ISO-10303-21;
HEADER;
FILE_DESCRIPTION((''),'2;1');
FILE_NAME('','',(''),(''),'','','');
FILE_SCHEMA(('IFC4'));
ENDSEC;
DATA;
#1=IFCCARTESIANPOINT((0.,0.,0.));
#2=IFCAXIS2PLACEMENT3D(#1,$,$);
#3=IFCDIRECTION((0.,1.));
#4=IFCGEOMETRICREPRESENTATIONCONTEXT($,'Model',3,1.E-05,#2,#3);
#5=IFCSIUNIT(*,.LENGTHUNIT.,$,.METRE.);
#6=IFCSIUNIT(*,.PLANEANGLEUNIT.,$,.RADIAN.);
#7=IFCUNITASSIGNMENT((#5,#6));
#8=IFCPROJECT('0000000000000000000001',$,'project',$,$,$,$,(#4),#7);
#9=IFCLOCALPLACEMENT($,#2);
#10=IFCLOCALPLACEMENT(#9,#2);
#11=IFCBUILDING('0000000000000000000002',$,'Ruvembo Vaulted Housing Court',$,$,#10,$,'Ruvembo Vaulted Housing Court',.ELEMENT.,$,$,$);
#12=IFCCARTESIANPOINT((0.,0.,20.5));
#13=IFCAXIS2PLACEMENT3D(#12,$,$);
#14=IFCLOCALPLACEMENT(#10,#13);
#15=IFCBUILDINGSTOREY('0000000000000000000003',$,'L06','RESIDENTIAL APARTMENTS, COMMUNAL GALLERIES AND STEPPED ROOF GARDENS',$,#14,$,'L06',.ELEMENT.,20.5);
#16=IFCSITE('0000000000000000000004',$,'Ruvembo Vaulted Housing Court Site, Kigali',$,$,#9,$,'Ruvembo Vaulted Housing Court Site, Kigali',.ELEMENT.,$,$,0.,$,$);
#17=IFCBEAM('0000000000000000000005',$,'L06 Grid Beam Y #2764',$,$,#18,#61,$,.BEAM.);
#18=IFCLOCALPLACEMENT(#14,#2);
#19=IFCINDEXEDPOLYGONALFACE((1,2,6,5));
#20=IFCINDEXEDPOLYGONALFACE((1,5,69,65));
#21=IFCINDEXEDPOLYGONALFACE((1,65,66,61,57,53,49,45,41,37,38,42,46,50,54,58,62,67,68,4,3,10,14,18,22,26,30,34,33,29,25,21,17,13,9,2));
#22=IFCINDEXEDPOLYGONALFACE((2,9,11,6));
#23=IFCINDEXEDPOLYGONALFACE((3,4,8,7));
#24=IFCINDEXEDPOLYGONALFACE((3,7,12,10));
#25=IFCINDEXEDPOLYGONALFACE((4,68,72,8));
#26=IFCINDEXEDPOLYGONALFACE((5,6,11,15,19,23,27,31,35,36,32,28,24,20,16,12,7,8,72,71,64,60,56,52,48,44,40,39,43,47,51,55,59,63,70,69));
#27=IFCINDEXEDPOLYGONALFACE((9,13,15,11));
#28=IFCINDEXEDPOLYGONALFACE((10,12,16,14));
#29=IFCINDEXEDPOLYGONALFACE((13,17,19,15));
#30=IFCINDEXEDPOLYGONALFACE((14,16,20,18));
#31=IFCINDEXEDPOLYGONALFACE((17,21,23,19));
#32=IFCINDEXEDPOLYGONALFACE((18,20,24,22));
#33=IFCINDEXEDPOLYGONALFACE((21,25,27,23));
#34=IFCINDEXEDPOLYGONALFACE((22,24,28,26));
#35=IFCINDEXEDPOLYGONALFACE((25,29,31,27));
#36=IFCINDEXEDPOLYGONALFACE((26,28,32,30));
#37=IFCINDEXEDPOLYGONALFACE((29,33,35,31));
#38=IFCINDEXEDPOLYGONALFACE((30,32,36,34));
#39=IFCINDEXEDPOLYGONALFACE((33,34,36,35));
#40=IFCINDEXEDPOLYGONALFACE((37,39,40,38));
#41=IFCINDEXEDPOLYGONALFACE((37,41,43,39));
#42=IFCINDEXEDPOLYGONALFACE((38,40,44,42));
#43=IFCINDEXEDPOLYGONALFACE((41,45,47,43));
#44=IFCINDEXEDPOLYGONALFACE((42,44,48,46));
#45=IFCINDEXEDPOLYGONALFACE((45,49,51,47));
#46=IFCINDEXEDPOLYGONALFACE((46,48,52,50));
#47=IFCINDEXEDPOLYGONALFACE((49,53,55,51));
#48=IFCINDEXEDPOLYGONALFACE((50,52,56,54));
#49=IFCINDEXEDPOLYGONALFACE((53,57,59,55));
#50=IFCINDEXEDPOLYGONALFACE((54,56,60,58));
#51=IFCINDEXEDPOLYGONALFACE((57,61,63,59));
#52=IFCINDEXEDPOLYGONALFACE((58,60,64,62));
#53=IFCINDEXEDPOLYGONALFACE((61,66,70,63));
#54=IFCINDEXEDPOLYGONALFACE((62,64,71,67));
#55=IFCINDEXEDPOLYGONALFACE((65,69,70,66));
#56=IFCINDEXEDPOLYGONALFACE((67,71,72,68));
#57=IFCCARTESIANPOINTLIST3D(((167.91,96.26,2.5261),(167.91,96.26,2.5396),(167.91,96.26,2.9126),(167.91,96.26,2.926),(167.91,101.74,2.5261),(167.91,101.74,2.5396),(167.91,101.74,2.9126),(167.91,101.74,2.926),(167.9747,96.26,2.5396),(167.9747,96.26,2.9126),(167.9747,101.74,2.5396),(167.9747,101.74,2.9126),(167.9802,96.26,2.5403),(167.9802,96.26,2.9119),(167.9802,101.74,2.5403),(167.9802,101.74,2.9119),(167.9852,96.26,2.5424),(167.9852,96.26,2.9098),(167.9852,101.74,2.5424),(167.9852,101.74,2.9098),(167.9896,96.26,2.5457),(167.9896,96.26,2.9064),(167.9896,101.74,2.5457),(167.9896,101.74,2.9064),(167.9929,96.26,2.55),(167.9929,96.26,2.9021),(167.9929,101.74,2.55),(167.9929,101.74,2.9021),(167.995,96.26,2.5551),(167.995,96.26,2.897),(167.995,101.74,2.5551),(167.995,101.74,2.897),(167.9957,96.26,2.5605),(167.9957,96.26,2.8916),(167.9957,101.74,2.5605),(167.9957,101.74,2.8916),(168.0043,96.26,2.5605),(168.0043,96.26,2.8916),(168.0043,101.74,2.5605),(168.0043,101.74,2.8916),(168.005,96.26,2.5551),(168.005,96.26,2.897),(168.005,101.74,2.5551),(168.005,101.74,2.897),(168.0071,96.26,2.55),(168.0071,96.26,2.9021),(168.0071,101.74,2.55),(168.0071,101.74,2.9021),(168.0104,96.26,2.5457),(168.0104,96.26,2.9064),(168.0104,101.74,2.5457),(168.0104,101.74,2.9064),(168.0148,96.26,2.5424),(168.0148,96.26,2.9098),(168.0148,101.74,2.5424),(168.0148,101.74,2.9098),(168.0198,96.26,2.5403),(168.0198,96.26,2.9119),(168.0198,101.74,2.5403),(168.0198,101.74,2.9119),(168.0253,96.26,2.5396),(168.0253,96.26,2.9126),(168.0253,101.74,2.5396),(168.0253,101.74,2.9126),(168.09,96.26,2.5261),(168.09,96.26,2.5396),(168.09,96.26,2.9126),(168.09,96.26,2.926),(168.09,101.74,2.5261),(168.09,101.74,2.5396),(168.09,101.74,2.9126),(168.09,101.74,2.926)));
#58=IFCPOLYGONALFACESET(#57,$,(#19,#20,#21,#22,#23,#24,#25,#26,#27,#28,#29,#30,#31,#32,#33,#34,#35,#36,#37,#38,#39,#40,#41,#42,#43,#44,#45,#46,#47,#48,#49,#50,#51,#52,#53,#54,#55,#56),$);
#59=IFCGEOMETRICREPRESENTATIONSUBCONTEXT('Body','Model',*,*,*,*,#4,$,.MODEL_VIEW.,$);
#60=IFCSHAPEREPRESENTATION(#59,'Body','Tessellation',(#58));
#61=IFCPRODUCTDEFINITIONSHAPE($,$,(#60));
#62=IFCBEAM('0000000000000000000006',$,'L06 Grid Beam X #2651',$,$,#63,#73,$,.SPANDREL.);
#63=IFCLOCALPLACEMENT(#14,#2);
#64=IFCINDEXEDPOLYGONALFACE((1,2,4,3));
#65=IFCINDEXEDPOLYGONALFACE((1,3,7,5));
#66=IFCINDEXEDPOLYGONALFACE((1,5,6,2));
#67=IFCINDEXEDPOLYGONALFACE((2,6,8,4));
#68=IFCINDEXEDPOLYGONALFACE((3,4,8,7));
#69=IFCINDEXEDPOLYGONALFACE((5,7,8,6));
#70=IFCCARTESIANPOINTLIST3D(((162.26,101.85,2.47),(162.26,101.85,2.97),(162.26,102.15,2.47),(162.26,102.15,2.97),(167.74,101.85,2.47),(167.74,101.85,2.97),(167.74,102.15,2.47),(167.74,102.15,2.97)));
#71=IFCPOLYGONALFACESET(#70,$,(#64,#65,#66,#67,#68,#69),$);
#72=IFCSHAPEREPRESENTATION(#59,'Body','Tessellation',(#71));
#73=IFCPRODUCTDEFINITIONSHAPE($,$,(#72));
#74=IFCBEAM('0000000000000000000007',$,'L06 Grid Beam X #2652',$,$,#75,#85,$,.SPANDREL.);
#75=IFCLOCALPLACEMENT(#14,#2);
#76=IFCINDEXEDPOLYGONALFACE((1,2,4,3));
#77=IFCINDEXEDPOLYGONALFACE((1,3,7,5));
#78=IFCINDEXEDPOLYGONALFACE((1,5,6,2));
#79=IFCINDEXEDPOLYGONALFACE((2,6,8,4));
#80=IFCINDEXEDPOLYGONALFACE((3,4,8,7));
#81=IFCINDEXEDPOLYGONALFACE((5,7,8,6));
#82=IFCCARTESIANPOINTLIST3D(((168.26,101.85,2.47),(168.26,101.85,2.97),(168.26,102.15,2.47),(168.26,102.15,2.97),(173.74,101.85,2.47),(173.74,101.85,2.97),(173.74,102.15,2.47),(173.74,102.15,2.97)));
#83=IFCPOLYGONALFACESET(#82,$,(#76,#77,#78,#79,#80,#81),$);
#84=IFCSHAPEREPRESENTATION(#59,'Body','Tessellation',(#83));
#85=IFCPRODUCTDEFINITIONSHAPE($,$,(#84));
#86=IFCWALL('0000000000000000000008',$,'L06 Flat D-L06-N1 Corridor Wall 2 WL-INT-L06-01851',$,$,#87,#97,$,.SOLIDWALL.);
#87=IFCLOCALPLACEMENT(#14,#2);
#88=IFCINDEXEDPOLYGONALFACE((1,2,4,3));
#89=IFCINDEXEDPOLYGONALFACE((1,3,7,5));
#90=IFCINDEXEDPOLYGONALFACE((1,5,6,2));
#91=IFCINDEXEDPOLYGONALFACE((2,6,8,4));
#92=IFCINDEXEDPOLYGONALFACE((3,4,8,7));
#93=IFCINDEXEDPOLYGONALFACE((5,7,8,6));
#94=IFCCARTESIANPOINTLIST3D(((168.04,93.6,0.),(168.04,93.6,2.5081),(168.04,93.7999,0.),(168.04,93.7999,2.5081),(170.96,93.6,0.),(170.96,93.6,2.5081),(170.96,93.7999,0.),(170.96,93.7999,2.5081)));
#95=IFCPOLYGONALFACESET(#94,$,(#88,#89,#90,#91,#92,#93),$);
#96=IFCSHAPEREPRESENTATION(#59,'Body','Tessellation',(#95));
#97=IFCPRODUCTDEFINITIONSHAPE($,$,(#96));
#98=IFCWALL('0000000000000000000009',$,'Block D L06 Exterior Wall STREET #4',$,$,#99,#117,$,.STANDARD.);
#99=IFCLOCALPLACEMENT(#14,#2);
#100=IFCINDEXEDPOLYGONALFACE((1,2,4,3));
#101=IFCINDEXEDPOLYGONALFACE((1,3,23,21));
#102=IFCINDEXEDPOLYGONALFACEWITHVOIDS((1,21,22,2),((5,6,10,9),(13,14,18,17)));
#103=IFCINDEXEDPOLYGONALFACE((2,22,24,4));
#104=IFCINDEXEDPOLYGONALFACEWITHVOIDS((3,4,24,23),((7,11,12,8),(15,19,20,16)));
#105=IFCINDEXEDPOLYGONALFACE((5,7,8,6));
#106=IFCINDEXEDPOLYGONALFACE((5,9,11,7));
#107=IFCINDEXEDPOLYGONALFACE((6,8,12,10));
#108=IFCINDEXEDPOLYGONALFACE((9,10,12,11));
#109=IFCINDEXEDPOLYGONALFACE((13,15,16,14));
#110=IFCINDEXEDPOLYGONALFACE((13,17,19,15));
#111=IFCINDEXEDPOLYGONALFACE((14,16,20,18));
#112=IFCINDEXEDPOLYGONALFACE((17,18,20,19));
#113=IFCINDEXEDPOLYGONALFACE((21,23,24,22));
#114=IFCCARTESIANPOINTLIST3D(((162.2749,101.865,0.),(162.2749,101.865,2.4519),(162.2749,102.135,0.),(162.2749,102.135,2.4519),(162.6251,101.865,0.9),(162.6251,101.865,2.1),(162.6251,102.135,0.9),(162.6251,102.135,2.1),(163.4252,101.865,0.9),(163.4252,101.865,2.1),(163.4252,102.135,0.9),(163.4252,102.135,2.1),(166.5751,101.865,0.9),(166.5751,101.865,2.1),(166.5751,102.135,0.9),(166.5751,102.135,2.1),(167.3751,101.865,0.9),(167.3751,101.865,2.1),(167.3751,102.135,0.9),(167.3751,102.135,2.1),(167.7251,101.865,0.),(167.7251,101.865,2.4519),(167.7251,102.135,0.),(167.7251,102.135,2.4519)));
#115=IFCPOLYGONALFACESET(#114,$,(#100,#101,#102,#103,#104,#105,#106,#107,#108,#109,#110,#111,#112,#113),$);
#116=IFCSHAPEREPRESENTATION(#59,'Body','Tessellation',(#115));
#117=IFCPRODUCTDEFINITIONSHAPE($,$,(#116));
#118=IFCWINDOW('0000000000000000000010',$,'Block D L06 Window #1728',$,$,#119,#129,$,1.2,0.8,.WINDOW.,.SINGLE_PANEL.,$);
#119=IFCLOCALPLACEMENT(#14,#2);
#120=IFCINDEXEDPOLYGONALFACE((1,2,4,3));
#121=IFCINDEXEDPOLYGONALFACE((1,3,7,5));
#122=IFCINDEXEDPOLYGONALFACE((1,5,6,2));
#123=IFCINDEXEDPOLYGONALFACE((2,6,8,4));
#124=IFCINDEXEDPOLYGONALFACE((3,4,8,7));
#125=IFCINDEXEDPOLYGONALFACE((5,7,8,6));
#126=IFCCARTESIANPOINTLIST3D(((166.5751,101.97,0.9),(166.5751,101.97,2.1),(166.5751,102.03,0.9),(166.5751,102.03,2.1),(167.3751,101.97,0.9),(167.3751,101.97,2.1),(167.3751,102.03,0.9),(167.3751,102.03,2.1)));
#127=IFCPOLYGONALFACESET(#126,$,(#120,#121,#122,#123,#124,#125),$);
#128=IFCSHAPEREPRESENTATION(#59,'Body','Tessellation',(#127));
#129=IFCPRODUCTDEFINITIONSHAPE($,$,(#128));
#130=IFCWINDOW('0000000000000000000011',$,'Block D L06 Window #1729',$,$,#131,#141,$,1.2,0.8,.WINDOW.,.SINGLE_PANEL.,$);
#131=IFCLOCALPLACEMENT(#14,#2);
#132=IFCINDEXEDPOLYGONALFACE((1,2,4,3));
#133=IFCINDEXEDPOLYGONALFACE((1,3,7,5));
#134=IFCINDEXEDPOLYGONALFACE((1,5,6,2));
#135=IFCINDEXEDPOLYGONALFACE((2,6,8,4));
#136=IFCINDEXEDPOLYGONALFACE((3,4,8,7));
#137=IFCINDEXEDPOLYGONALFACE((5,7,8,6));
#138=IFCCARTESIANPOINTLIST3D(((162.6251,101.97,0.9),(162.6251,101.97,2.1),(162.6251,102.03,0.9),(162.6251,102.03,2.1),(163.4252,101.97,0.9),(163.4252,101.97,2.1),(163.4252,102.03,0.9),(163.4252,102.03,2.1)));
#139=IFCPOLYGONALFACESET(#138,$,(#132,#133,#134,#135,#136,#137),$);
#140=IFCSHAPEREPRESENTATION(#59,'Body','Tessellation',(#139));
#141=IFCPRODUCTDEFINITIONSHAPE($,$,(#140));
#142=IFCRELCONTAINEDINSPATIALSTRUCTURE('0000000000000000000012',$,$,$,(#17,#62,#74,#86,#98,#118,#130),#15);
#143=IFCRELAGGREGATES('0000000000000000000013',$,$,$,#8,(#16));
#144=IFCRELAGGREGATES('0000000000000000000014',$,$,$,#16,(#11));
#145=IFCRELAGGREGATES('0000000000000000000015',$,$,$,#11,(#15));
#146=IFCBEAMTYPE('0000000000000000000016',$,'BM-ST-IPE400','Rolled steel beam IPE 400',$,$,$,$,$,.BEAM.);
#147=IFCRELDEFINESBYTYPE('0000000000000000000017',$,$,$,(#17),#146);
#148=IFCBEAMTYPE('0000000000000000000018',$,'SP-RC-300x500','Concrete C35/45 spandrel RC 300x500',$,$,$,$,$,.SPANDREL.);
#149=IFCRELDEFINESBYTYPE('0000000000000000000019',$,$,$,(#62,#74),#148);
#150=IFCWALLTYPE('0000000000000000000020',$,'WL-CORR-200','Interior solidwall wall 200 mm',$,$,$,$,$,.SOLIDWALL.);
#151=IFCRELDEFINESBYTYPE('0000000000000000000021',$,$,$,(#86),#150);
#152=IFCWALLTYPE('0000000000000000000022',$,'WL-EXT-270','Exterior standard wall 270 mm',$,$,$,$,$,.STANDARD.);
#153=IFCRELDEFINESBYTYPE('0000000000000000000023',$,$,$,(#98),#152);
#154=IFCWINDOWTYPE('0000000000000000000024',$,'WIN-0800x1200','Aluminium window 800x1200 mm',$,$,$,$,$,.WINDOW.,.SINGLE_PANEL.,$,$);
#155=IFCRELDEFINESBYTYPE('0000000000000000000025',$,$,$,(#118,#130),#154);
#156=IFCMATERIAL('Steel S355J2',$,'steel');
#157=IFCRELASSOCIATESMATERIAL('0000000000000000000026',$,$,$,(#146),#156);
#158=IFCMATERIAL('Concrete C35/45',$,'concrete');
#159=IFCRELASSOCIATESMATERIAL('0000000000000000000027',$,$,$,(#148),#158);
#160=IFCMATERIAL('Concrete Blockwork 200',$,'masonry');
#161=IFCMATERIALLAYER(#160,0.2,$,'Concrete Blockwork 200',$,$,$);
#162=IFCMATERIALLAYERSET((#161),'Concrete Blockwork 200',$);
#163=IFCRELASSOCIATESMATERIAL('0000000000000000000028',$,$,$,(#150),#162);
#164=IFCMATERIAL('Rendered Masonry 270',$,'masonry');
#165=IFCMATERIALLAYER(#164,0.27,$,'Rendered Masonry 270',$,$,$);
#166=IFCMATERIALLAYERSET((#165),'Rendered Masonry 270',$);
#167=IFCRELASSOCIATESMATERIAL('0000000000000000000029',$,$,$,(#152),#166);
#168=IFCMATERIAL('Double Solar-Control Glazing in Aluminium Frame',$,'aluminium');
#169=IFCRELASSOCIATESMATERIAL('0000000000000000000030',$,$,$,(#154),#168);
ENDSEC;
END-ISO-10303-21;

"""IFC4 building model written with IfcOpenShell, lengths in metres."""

from ifc_helpers import new_model, si_unit, direction, frame, frame_2d, origin, origin_2d, place, context, subcontext, project, spatial, rectangle, i_section, extrude, material, layer, layer_set, material_profile, profile_set, type_object, element, fill, save


model = new_model("IFC4")

# Units and contexts
model_context = context("Model", 3, precision=1e-05, world=origin(), true_north=direction((0.0, 1.0)))
body_context = subcontext(model_context, "Body", "Model", "MODEL_VIEW")
ifc_project = project(units=[si_unit("LENGTHUNIT", "METRE"), si_unit("PLANEANGLEUNIT", "RADIAN")], contexts=[model_context])

# Site, building, storey
site_placement = place(None, origin())
site = spatial("IfcSite", under=ifc_project, at=site_placement, Name="Ruvembo Vaulted Housing Court Site, Kigali", LongName="Ruvembo Vaulted Housing Court Site, Kigali", CompositionType="ELEMENT", RefElevation=0.0)
building_placement = place(site_placement, origin())
building = spatial("IfcBuilding", under=site, at=building_placement, Name="Ruvembo Vaulted Housing Court", LongName="Ruvembo Vaulted Housing Court", CompositionType="ELEMENT")
storey_placement = place(building_placement, frame((0.0, 0.0, 20.5)))
storey = spatial("IfcBuildingStorey", under=building, at=storey_placement, Name="L06", Description="RESIDENTIAL APARTMENTS, COMMUNAL GALLERIES AND STEPPED ROOF GARDENS", LongName="L06", CompositionType="ELEMENT", Elevation=20.5)

# Shared definitions
ifc_material_1 = material(Name="Concrete C35/45", Category="concrete")

# Beams
ifc_material_2 = material(Name="Steel S355J2", Category="steel")
ifc_material_profile_1 = material_profile(ifc_material_2, i_section(OverallWidth=0.1799, OverallDepth=0.3999, WebThickness=0.0085, FlangeThickness=0.0134, FilletRadius=0.021, at=origin_2d()), Name="IPE 400")
ifc_profile_set_1 = profile_set([ifc_material_profile_1], Name="Steel S355J2")
beam_type_1 = type_object("IfcBeamType", Name="BM-ST-IPE400", Description="Rolled steel beam IPE 400", PredefinedType="BEAM", material=ifc_profile_set_1)
for number, where, z_axis, x_axis, name in (
    (1, (168.0, 96.26, 2.7261), (0.0, 1.0, 0.0), (-1.0, 0.0, 0.0), "L06 Grid Beam Y #2764"),
):
    element("IfcBeam", number, at=place(storey_placement, frame(where, z_axis=z_axis, x_axis=x_axis)), inside=storey, type_object=beam_type_1, Name=name, PredefinedType="BEAM", context=body_context, shape_type="SweptSolid", body=[
        extrude(i_section(OverallWidth=0.1799, OverallDepth=0.3999, WebThickness=0.0085, FlangeThickness=0.0134, FilletRadius=0.021, at=origin_2d()), origin(), (0.0, 0.0, 1.0), 5.48),
    ])
ifc_material_profile_2 = material_profile(ifc_material_1, rectangle(XDim=0.3, YDim=0.5, at=origin_2d()), Name="RC 300x500")
ifc_profile_set_2 = profile_set([ifc_material_profile_2], Name="Concrete C35/45")
beam_type_2 = type_object("IfcBeamType", Name="SP-RC-300x500", Description="Concrete C35/45 spandrel RC 300x500", PredefinedType="SPANDREL", material=ifc_profile_set_2)
for number, where, z_axis, x_axis, name in (
    (2, (162.26, 102.0, 2.72), (1.0, 0.0, 0.0), (0.0, 1.0, 0.0), "L06 Grid Beam X #2651"),
    (3, (168.26, 102.0, 2.72), (1.0, 0.0, 0.0), (0.0, 1.0, 0.0), "L06 Grid Beam X #2652"),
):
    element("IfcBeam", number, at=place(storey_placement, frame(where, z_axis=z_axis, x_axis=x_axis)), inside=storey, type_object=beam_type_2, Name=name, PredefinedType="SPANDREL", context=body_context, shape_type="SweptSolid", body=[
        extrude(rectangle(XDim=0.3, YDim=0.5, at=origin_2d()), origin(), (0.0, 0.0, 1.0), 5.48),
    ])

# Shared definitions
ifc_material_3 = material(Name="Concrete Blockwork 200", Category="masonry")
ifc_layer_1 = layer(ifc_material_3, 0.2, Name="Concrete Blockwork 200")
ifc_layer_set_1 = layer_set([ifc_layer_1], Name="Concrete Blockwork 200")
wall_type_1 = type_object("IfcWallType", Name="WL-CORR-200", Description="Interior solidwall wall 200 mm", PredefinedType="SOLIDWALL", material=ifc_layer_set_1)

# Wall
wall_1_placement = place(storey_placement, frame((168.04, 93.7, 0.0), z_axis=(0.0, 0.0, 1.0), x_axis=(1.0, 0.0, 0.0)))
element("IfcWall", 4, at=wall_1_placement, inside=storey, type_object=wall_type_1, Name="L06 Flat D-L06-N1 Corridor Wall 2 WL-INT-L06-01851", PredefinedType="SOLIDWALL", context=body_context, shape_type="SweptSolid", body=[
    extrude(rectangle(XDim=2.9199, YDim=0.2, at=frame_2d((1.46, 0.0))), origin(), (0.0, 0.0, 1.0), 2.5081),
])

# Wall, openings, windows
ifc_material_4 = material(Name="Rendered Masonry 270", Category="masonry")
ifc_layer_2 = layer(ifc_material_4, 0.27, Name="Rendered Masonry 270")
ifc_layer_set_2 = layer_set([ifc_layer_2], Name="Rendered Masonry 270")
wall_type_2 = type_object("IfcWallType", Name="WL-EXT-270", Description="Exterior standard wall 270 mm", PredefinedType="STANDARD", material=ifc_layer_set_2)
wall_2_placement = place(storey_placement, frame((167.7251, 102.0, 0.0), z_axis=(0.0, 0.0, 1.0), x_axis=(-1.0, 0.0, 0.0)))
wall_2 = element("IfcWall", 5, at=wall_2_placement, inside=storey, type_object=wall_type_2, Name="Block D L06 Exterior Wall STREET #4", PredefinedType="STANDARD", context=body_context, shape_type="SweptSolid", body=[
    extrude(rectangle(XDim=5.4502, YDim=0.27, at=frame_2d((2.7251, 0.0))), origin(), (0.0, 0.0, 1.0), 2.4519),
])
opening_1_placement = place(wall_2_placement, frame((0.3501, 0.0, 0.8999)))
opening_1 = element("IfcOpeningElement", 6, at=opening_1_placement, cuts=wall_2, PredefinedType="OPENING", context=body_context, shape_type="SweptSolid", body=[
    extrude(rectangle(XDim=0.8, YDim=1.2, at=frame_2d((0.3999, 0.6001))), frame((0.0, 0.145, 0.0), z_axis=(0.0, -1.0, 0.0), x_axis=(1.0, 0.0, 0.0)), (0.0, 0.0, 1.0), 0.29),
])
opening_2_placement = place(wall_2_placement, frame((4.3, 0.0, 0.8999)))
opening_2 = element("IfcOpeningElement", 7, at=opening_2_placement, cuts=wall_2, PredefinedType="OPENING", context=body_context, shape_type="SweptSolid", body=[
    extrude(rectangle(XDim=0.8, YDim=1.2, at=frame_2d((0.3999, 0.6001))), frame((0.0, 0.145, 0.0), z_axis=(0.0, -1.0, 0.0), x_axis=(1.0, 0.0, 0.0)), (0.0, 0.0, 1.0), 0.29),
])
ifc_material_5 = material(Name="Double Solar-Control Glazing in Aluminium Frame", Category="aluminium")
window_type_1 = type_object("IfcWindowType", Name="WIN-0800x1200", Description="Aluminium window 800x1200 mm", PartitioningType="SINGLE_PANEL", PredefinedType="WINDOW", material=ifc_material_5)
window_1_placement = place(opening_1_placement, origin())
window_1 = element("IfcWindow", 8, at=window_1_placement, inside=storey, type_object=window_type_1, Name="Block D L06 Window #1728", OverallHeight=1.2, OverallWidth=0.8, PartitioningType="SINGLE_PANEL", PredefinedType="WINDOW", context=body_context, shape_type="SweptSolid", body=[
    extrude(rectangle(XDim=0.8, YDim=1.2, at=frame_2d((0.3999, 0.6001))), frame((0.0, 0.03, 0.0), z_axis=(0.0, -1.0, 0.0), x_axis=(1.0, 0.0, 0.0)), (0.0, 0.0, 1.0), 0.0601),
])
fill(opening_1, window_1)
window_2_placement = place(opening_2_placement, origin())
window_2 = element("IfcWindow", 9, at=window_2_placement, inside=storey, type_object=window_type_1, Name="Block D L06 Window #1729", OverallHeight=1.2, OverallWidth=0.8, PartitioningType="SINGLE_PANEL", PredefinedType="WINDOW", context=body_context, shape_type="SweptSolid", body=[
    extrude(rectangle(XDim=0.8, YDim=1.2, at=frame_2d((0.3999, 0.6001))), frame((0.0, 0.03, 0.0), z_axis=(0.0, -1.0, 0.0), x_axis=(1.0, 0.0, 0.0)), (0.0, 0.0, 1.0), 0.0601),
])
fill(opening_2, window_2)

save(model, "model.ifc")
